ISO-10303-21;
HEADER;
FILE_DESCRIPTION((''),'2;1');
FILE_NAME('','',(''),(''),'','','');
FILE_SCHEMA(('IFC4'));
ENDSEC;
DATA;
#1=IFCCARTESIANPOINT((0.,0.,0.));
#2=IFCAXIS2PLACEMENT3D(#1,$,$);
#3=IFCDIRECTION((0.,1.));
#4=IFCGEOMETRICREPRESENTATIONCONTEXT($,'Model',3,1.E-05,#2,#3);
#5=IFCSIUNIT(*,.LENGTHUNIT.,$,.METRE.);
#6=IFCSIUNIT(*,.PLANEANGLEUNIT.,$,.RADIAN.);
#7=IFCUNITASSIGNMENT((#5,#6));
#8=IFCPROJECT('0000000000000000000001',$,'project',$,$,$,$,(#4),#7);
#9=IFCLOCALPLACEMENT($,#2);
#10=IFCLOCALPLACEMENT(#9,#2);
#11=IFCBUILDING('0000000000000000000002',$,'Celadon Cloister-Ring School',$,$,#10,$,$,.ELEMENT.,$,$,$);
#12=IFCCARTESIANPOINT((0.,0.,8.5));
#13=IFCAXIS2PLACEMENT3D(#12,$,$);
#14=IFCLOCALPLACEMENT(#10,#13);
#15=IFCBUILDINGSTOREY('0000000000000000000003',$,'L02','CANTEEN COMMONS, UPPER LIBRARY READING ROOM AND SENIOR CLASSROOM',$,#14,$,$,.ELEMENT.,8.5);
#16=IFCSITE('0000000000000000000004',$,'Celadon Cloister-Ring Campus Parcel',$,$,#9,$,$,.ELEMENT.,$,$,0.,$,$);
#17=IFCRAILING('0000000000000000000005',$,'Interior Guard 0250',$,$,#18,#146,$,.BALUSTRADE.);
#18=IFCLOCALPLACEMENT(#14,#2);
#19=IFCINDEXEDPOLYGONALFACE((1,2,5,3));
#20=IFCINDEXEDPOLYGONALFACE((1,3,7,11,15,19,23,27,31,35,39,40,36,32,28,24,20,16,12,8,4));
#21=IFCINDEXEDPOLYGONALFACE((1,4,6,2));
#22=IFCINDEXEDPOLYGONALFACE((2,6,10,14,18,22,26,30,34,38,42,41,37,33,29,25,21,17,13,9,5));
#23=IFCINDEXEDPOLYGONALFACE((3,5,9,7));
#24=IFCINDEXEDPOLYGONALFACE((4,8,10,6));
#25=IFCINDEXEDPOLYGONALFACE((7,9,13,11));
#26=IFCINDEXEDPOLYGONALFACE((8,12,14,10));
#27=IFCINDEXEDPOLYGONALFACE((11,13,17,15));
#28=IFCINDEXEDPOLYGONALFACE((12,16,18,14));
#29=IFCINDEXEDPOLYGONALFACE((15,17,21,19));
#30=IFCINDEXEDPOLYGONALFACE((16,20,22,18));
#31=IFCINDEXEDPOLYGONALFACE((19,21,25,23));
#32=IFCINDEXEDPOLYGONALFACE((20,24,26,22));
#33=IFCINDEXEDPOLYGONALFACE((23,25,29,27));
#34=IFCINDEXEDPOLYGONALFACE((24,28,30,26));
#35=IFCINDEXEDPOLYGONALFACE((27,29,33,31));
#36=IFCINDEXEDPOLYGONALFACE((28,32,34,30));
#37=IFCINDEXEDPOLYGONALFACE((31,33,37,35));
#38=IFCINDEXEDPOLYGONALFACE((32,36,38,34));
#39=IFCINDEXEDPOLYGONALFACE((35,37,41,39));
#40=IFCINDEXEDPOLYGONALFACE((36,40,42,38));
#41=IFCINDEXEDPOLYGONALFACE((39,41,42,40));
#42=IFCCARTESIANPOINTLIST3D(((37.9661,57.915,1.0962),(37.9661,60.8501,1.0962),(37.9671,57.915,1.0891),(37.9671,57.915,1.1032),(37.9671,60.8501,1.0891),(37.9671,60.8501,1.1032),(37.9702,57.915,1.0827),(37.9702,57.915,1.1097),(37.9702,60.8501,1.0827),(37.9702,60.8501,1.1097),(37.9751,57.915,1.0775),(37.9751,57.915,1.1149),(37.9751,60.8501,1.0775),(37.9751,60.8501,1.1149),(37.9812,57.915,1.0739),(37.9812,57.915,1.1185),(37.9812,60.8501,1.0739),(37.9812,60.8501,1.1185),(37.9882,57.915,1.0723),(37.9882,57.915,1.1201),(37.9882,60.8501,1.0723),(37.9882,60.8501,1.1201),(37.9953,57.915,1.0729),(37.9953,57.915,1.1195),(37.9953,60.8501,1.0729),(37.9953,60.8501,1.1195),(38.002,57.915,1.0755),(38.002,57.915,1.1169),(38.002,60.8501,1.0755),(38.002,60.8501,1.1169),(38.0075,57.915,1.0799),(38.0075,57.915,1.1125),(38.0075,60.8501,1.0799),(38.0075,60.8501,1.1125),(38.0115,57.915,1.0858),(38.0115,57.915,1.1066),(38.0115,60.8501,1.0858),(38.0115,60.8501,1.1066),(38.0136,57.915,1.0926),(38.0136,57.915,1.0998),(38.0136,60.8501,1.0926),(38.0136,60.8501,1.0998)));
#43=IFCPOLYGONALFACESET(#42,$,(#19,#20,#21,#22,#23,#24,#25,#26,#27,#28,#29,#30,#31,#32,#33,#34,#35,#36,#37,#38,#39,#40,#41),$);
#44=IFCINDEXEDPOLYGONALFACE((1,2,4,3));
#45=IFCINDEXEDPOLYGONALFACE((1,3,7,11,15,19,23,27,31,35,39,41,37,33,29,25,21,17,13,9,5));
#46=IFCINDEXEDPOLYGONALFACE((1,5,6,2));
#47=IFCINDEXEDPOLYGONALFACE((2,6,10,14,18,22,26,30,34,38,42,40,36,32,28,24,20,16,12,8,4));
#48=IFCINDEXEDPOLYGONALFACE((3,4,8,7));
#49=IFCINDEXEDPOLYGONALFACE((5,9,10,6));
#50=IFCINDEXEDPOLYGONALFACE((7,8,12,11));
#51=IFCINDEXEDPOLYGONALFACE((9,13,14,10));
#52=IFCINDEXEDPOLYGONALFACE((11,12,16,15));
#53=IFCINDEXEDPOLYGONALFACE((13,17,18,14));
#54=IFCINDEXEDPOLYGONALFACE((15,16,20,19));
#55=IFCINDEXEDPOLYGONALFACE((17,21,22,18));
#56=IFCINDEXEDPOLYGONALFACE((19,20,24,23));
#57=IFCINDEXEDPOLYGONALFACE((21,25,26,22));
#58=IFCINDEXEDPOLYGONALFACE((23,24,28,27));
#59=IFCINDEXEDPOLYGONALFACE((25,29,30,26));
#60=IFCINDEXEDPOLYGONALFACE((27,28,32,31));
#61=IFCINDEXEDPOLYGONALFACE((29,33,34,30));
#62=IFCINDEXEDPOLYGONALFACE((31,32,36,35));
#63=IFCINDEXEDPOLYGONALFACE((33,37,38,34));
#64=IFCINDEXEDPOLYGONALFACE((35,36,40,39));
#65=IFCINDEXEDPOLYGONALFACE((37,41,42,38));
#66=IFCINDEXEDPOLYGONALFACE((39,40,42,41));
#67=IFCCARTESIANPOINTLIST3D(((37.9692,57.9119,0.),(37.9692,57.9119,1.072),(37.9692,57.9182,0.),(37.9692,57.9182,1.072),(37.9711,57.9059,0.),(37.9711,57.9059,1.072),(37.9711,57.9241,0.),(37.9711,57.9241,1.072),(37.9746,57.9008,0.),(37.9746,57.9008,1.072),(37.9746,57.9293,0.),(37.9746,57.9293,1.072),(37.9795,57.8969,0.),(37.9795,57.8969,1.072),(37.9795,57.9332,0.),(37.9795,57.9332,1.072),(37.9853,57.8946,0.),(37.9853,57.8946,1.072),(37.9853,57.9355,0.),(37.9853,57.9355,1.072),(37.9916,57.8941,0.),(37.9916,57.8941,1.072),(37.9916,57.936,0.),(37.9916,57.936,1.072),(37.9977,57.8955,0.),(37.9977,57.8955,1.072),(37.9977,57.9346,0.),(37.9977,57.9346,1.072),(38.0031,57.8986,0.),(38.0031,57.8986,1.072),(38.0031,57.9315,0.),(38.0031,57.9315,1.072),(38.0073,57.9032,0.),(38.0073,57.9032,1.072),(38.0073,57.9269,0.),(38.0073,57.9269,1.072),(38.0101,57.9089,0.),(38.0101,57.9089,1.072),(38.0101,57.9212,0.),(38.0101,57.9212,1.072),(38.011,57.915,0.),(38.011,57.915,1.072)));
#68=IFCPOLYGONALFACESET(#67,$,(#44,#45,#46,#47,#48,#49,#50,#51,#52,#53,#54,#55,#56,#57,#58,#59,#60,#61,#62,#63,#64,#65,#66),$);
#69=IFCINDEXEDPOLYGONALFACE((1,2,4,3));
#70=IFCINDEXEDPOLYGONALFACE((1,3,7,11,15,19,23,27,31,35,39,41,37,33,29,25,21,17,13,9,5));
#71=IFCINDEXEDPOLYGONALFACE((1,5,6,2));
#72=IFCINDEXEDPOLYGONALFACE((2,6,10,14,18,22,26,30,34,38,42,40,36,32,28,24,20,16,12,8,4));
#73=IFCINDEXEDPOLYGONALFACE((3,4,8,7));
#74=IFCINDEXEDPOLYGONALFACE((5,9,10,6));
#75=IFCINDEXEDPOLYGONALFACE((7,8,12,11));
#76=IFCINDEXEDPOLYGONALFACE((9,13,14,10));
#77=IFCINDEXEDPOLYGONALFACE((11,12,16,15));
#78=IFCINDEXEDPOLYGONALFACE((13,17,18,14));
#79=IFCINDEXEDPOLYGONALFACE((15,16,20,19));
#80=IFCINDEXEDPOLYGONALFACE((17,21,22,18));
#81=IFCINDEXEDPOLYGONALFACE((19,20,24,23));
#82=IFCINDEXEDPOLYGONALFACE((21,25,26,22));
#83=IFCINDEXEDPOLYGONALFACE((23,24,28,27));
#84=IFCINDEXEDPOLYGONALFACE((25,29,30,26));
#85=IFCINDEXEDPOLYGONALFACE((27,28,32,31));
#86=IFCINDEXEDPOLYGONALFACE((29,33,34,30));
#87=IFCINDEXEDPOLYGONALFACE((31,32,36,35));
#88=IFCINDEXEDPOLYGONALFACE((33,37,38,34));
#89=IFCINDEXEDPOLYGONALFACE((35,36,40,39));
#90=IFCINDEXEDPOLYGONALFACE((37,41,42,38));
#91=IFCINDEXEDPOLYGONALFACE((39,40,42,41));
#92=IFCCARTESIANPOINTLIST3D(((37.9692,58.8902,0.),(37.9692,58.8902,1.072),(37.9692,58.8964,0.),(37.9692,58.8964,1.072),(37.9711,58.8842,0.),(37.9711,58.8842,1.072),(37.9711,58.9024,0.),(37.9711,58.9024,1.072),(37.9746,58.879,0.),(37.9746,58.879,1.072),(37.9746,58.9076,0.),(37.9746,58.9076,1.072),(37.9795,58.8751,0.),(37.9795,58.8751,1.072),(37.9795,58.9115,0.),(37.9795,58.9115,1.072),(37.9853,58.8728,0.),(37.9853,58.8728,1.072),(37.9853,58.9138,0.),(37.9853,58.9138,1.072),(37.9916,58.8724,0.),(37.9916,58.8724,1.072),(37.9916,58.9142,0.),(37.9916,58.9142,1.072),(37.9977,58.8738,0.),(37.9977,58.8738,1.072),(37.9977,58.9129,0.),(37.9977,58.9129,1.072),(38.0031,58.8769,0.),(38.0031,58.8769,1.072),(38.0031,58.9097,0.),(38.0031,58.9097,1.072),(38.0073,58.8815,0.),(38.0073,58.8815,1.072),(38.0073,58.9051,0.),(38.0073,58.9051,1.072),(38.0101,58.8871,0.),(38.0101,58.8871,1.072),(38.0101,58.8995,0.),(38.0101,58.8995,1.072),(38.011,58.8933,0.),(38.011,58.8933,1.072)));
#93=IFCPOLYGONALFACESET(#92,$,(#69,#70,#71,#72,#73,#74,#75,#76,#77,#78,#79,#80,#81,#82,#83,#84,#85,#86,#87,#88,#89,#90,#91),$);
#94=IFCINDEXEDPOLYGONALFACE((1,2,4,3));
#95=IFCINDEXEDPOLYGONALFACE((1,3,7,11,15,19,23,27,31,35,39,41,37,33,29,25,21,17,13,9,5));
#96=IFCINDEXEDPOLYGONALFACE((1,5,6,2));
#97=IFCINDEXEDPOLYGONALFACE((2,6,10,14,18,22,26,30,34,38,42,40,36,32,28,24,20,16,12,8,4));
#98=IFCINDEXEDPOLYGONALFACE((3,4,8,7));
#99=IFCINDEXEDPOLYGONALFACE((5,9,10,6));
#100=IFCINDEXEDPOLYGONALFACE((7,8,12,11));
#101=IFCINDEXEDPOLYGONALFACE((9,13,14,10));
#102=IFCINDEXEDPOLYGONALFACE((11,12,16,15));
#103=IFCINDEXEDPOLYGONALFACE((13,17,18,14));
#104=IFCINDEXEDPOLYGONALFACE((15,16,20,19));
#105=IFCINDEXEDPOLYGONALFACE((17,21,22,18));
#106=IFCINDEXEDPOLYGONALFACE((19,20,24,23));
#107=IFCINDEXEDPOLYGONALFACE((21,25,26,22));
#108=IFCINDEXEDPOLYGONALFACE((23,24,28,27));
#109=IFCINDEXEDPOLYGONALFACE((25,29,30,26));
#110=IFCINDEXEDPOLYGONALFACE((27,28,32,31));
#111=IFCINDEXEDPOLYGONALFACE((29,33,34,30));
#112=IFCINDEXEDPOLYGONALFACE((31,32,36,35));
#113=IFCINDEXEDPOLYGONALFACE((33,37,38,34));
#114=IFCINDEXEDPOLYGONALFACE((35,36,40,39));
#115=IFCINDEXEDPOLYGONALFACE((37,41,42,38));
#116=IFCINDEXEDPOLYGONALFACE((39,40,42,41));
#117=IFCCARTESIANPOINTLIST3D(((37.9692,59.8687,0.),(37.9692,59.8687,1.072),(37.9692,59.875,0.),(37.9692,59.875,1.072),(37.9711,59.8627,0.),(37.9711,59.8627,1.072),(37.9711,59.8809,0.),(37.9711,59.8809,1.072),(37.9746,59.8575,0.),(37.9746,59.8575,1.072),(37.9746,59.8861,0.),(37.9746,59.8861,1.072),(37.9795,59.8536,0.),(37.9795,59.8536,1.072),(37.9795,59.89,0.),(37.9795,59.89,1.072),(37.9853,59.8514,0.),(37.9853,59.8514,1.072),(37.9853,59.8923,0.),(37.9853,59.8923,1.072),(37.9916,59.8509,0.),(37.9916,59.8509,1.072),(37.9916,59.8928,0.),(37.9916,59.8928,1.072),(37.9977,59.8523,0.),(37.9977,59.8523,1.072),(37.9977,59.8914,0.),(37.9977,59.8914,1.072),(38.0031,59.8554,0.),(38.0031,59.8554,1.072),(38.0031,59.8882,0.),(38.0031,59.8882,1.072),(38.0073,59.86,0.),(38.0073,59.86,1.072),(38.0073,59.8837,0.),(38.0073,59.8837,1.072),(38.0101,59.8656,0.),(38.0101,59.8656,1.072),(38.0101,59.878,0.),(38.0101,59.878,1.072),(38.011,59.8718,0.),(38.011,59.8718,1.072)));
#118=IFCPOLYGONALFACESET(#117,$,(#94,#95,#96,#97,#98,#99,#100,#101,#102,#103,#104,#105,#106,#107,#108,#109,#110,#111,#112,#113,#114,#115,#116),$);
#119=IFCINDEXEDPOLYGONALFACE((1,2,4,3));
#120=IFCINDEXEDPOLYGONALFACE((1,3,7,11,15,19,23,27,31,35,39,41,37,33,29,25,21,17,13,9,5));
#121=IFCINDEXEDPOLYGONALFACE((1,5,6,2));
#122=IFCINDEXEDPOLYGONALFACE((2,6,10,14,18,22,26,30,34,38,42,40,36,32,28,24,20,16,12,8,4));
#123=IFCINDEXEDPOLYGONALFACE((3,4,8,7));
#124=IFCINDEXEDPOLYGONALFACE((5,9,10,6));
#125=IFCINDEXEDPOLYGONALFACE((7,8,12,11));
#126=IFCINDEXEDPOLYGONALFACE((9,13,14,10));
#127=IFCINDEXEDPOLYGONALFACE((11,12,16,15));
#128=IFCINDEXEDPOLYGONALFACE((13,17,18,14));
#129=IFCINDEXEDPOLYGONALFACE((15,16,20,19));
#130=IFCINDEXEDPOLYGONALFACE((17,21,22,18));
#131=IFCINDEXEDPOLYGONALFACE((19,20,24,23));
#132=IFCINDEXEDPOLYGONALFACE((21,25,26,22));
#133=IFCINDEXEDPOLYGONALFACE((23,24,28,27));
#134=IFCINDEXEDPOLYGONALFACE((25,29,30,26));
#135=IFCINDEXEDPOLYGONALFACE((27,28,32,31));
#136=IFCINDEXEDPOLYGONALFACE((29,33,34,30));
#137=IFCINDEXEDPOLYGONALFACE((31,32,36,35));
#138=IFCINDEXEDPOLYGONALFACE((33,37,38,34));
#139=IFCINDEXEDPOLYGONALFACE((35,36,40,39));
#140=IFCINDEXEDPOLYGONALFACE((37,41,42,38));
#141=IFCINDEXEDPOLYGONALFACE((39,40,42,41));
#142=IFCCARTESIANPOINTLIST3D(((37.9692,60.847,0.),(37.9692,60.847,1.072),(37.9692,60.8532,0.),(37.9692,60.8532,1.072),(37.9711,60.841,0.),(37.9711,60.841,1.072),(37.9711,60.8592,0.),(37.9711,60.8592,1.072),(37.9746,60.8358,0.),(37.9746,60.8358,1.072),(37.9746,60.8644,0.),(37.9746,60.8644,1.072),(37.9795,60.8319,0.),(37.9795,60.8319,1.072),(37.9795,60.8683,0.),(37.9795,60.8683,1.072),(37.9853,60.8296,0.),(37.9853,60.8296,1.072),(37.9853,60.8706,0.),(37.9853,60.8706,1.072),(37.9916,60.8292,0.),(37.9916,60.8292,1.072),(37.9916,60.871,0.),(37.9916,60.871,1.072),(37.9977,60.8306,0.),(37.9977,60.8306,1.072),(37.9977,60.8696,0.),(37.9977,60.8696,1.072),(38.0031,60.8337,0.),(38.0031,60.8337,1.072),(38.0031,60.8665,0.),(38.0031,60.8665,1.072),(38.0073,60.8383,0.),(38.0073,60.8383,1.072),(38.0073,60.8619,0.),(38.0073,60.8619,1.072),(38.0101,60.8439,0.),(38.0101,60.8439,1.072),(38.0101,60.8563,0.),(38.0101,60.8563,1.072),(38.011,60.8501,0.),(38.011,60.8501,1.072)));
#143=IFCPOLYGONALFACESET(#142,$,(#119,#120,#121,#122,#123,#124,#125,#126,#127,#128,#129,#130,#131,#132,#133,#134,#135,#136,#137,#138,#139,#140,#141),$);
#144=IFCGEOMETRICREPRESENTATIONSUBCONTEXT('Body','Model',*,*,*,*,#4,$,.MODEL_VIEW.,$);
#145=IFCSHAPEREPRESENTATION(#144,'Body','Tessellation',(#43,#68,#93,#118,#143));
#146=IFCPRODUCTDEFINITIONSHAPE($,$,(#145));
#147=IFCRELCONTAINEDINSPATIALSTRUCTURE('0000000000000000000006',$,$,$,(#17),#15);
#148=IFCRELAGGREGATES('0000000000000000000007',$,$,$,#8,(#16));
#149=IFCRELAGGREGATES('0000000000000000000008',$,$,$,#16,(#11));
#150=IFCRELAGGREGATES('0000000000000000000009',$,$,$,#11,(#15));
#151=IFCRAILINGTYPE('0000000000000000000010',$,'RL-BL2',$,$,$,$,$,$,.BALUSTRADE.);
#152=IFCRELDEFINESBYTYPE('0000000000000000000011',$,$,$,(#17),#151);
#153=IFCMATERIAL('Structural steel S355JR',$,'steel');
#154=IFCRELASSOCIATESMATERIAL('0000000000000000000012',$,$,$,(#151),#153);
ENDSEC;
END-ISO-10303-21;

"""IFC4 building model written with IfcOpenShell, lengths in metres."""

from ifc_helpers import new_model, si_unit, direction, frame, origin, origin_2d, place, context, subcontext, project, spatial, circle, extrude, material, type_object, element, save


model = new_model("IFC4")

# Units and contexts
model_context = context("Model", 3, precision=1e-05, world=origin(), true_north=direction((0.0, 1.0)))
body_context = subcontext(model_context, "Body", "Model", "MODEL_VIEW")
ifc_project = project(units=[si_unit("LENGTHUNIT", "METRE"), si_unit("PLANEANGLEUNIT", "RADIAN")], contexts=[model_context])

# Site, building, storey
site_placement = place(None, origin())
site = spatial("IfcSite", under=ifc_project, at=site_placement, Name="Celadon Cloister-Ring Campus Parcel", CompositionType="ELEMENT", RefElevation=0.0)
building_placement = place(site_placement, origin())
building = spatial("IfcBuilding", under=site, at=building_placement, Name="Celadon Cloister-Ring School", CompositionType="ELEMENT")
storey_placement = place(building_placement, frame((0.0, 0.0, 8.5)))
storey = spatial("IfcBuildingStorey", under=building, at=storey_placement, Name="L02", Description="CANTEEN COMMONS, UPPER LIBRARY READING ROOM AND SENIOR CLASSROOM", CompositionType="ELEMENT", Elevation=8.5)

# Railing
ifc_material_1 = material(Name="Structural steel S355JR", Category="steel")
railing_type_1 = type_object("IfcRailingType", Name="RL-BL2", PredefinedType="BALUSTRADE", material=ifc_material_1)
railing_1_placement = place(storey_placement, frame((37.99, 57.915, 0.0)))
element("IfcRailing", 1, at=railing_1_placement, inside=storey, type_object=railing_type_1, Name="Interior Guard 0250", PredefinedType="BALUSTRADE", context=body_context, shape_type="SweptSolid", body=[
    extrude(circle(Radius=0.0239, at=origin_2d()), frame((0.0, 0.0, 1.0962), z_axis=(0.0, 1.0, 0.0), x_axis=(-1.0, 0.0, 0.0)), (0.0, 0.0, 1.0), 2.9351),
    extrude(circle(Radius=0.021, at=origin_2d()), origin(), (0.0, 0.0, 1.0), 1.072),
    extrude(circle(Radius=0.021, at=origin_2d()), frame((0.0, 0.9783, 0.0)), (0.0, 0.0, 1.0), 1.072),
    extrude(circle(Radius=0.021, at=origin_2d()), frame((0.0, 1.9568, 0.0)), (0.0, 0.0, 1.0), 1.072),
    extrude(circle(Radius=0.021, at=origin_2d()), frame((0.0, 2.9351, 0.0)), (0.0, 0.0, 1.0), 1.072),
])

save(model, "model.ifc")
